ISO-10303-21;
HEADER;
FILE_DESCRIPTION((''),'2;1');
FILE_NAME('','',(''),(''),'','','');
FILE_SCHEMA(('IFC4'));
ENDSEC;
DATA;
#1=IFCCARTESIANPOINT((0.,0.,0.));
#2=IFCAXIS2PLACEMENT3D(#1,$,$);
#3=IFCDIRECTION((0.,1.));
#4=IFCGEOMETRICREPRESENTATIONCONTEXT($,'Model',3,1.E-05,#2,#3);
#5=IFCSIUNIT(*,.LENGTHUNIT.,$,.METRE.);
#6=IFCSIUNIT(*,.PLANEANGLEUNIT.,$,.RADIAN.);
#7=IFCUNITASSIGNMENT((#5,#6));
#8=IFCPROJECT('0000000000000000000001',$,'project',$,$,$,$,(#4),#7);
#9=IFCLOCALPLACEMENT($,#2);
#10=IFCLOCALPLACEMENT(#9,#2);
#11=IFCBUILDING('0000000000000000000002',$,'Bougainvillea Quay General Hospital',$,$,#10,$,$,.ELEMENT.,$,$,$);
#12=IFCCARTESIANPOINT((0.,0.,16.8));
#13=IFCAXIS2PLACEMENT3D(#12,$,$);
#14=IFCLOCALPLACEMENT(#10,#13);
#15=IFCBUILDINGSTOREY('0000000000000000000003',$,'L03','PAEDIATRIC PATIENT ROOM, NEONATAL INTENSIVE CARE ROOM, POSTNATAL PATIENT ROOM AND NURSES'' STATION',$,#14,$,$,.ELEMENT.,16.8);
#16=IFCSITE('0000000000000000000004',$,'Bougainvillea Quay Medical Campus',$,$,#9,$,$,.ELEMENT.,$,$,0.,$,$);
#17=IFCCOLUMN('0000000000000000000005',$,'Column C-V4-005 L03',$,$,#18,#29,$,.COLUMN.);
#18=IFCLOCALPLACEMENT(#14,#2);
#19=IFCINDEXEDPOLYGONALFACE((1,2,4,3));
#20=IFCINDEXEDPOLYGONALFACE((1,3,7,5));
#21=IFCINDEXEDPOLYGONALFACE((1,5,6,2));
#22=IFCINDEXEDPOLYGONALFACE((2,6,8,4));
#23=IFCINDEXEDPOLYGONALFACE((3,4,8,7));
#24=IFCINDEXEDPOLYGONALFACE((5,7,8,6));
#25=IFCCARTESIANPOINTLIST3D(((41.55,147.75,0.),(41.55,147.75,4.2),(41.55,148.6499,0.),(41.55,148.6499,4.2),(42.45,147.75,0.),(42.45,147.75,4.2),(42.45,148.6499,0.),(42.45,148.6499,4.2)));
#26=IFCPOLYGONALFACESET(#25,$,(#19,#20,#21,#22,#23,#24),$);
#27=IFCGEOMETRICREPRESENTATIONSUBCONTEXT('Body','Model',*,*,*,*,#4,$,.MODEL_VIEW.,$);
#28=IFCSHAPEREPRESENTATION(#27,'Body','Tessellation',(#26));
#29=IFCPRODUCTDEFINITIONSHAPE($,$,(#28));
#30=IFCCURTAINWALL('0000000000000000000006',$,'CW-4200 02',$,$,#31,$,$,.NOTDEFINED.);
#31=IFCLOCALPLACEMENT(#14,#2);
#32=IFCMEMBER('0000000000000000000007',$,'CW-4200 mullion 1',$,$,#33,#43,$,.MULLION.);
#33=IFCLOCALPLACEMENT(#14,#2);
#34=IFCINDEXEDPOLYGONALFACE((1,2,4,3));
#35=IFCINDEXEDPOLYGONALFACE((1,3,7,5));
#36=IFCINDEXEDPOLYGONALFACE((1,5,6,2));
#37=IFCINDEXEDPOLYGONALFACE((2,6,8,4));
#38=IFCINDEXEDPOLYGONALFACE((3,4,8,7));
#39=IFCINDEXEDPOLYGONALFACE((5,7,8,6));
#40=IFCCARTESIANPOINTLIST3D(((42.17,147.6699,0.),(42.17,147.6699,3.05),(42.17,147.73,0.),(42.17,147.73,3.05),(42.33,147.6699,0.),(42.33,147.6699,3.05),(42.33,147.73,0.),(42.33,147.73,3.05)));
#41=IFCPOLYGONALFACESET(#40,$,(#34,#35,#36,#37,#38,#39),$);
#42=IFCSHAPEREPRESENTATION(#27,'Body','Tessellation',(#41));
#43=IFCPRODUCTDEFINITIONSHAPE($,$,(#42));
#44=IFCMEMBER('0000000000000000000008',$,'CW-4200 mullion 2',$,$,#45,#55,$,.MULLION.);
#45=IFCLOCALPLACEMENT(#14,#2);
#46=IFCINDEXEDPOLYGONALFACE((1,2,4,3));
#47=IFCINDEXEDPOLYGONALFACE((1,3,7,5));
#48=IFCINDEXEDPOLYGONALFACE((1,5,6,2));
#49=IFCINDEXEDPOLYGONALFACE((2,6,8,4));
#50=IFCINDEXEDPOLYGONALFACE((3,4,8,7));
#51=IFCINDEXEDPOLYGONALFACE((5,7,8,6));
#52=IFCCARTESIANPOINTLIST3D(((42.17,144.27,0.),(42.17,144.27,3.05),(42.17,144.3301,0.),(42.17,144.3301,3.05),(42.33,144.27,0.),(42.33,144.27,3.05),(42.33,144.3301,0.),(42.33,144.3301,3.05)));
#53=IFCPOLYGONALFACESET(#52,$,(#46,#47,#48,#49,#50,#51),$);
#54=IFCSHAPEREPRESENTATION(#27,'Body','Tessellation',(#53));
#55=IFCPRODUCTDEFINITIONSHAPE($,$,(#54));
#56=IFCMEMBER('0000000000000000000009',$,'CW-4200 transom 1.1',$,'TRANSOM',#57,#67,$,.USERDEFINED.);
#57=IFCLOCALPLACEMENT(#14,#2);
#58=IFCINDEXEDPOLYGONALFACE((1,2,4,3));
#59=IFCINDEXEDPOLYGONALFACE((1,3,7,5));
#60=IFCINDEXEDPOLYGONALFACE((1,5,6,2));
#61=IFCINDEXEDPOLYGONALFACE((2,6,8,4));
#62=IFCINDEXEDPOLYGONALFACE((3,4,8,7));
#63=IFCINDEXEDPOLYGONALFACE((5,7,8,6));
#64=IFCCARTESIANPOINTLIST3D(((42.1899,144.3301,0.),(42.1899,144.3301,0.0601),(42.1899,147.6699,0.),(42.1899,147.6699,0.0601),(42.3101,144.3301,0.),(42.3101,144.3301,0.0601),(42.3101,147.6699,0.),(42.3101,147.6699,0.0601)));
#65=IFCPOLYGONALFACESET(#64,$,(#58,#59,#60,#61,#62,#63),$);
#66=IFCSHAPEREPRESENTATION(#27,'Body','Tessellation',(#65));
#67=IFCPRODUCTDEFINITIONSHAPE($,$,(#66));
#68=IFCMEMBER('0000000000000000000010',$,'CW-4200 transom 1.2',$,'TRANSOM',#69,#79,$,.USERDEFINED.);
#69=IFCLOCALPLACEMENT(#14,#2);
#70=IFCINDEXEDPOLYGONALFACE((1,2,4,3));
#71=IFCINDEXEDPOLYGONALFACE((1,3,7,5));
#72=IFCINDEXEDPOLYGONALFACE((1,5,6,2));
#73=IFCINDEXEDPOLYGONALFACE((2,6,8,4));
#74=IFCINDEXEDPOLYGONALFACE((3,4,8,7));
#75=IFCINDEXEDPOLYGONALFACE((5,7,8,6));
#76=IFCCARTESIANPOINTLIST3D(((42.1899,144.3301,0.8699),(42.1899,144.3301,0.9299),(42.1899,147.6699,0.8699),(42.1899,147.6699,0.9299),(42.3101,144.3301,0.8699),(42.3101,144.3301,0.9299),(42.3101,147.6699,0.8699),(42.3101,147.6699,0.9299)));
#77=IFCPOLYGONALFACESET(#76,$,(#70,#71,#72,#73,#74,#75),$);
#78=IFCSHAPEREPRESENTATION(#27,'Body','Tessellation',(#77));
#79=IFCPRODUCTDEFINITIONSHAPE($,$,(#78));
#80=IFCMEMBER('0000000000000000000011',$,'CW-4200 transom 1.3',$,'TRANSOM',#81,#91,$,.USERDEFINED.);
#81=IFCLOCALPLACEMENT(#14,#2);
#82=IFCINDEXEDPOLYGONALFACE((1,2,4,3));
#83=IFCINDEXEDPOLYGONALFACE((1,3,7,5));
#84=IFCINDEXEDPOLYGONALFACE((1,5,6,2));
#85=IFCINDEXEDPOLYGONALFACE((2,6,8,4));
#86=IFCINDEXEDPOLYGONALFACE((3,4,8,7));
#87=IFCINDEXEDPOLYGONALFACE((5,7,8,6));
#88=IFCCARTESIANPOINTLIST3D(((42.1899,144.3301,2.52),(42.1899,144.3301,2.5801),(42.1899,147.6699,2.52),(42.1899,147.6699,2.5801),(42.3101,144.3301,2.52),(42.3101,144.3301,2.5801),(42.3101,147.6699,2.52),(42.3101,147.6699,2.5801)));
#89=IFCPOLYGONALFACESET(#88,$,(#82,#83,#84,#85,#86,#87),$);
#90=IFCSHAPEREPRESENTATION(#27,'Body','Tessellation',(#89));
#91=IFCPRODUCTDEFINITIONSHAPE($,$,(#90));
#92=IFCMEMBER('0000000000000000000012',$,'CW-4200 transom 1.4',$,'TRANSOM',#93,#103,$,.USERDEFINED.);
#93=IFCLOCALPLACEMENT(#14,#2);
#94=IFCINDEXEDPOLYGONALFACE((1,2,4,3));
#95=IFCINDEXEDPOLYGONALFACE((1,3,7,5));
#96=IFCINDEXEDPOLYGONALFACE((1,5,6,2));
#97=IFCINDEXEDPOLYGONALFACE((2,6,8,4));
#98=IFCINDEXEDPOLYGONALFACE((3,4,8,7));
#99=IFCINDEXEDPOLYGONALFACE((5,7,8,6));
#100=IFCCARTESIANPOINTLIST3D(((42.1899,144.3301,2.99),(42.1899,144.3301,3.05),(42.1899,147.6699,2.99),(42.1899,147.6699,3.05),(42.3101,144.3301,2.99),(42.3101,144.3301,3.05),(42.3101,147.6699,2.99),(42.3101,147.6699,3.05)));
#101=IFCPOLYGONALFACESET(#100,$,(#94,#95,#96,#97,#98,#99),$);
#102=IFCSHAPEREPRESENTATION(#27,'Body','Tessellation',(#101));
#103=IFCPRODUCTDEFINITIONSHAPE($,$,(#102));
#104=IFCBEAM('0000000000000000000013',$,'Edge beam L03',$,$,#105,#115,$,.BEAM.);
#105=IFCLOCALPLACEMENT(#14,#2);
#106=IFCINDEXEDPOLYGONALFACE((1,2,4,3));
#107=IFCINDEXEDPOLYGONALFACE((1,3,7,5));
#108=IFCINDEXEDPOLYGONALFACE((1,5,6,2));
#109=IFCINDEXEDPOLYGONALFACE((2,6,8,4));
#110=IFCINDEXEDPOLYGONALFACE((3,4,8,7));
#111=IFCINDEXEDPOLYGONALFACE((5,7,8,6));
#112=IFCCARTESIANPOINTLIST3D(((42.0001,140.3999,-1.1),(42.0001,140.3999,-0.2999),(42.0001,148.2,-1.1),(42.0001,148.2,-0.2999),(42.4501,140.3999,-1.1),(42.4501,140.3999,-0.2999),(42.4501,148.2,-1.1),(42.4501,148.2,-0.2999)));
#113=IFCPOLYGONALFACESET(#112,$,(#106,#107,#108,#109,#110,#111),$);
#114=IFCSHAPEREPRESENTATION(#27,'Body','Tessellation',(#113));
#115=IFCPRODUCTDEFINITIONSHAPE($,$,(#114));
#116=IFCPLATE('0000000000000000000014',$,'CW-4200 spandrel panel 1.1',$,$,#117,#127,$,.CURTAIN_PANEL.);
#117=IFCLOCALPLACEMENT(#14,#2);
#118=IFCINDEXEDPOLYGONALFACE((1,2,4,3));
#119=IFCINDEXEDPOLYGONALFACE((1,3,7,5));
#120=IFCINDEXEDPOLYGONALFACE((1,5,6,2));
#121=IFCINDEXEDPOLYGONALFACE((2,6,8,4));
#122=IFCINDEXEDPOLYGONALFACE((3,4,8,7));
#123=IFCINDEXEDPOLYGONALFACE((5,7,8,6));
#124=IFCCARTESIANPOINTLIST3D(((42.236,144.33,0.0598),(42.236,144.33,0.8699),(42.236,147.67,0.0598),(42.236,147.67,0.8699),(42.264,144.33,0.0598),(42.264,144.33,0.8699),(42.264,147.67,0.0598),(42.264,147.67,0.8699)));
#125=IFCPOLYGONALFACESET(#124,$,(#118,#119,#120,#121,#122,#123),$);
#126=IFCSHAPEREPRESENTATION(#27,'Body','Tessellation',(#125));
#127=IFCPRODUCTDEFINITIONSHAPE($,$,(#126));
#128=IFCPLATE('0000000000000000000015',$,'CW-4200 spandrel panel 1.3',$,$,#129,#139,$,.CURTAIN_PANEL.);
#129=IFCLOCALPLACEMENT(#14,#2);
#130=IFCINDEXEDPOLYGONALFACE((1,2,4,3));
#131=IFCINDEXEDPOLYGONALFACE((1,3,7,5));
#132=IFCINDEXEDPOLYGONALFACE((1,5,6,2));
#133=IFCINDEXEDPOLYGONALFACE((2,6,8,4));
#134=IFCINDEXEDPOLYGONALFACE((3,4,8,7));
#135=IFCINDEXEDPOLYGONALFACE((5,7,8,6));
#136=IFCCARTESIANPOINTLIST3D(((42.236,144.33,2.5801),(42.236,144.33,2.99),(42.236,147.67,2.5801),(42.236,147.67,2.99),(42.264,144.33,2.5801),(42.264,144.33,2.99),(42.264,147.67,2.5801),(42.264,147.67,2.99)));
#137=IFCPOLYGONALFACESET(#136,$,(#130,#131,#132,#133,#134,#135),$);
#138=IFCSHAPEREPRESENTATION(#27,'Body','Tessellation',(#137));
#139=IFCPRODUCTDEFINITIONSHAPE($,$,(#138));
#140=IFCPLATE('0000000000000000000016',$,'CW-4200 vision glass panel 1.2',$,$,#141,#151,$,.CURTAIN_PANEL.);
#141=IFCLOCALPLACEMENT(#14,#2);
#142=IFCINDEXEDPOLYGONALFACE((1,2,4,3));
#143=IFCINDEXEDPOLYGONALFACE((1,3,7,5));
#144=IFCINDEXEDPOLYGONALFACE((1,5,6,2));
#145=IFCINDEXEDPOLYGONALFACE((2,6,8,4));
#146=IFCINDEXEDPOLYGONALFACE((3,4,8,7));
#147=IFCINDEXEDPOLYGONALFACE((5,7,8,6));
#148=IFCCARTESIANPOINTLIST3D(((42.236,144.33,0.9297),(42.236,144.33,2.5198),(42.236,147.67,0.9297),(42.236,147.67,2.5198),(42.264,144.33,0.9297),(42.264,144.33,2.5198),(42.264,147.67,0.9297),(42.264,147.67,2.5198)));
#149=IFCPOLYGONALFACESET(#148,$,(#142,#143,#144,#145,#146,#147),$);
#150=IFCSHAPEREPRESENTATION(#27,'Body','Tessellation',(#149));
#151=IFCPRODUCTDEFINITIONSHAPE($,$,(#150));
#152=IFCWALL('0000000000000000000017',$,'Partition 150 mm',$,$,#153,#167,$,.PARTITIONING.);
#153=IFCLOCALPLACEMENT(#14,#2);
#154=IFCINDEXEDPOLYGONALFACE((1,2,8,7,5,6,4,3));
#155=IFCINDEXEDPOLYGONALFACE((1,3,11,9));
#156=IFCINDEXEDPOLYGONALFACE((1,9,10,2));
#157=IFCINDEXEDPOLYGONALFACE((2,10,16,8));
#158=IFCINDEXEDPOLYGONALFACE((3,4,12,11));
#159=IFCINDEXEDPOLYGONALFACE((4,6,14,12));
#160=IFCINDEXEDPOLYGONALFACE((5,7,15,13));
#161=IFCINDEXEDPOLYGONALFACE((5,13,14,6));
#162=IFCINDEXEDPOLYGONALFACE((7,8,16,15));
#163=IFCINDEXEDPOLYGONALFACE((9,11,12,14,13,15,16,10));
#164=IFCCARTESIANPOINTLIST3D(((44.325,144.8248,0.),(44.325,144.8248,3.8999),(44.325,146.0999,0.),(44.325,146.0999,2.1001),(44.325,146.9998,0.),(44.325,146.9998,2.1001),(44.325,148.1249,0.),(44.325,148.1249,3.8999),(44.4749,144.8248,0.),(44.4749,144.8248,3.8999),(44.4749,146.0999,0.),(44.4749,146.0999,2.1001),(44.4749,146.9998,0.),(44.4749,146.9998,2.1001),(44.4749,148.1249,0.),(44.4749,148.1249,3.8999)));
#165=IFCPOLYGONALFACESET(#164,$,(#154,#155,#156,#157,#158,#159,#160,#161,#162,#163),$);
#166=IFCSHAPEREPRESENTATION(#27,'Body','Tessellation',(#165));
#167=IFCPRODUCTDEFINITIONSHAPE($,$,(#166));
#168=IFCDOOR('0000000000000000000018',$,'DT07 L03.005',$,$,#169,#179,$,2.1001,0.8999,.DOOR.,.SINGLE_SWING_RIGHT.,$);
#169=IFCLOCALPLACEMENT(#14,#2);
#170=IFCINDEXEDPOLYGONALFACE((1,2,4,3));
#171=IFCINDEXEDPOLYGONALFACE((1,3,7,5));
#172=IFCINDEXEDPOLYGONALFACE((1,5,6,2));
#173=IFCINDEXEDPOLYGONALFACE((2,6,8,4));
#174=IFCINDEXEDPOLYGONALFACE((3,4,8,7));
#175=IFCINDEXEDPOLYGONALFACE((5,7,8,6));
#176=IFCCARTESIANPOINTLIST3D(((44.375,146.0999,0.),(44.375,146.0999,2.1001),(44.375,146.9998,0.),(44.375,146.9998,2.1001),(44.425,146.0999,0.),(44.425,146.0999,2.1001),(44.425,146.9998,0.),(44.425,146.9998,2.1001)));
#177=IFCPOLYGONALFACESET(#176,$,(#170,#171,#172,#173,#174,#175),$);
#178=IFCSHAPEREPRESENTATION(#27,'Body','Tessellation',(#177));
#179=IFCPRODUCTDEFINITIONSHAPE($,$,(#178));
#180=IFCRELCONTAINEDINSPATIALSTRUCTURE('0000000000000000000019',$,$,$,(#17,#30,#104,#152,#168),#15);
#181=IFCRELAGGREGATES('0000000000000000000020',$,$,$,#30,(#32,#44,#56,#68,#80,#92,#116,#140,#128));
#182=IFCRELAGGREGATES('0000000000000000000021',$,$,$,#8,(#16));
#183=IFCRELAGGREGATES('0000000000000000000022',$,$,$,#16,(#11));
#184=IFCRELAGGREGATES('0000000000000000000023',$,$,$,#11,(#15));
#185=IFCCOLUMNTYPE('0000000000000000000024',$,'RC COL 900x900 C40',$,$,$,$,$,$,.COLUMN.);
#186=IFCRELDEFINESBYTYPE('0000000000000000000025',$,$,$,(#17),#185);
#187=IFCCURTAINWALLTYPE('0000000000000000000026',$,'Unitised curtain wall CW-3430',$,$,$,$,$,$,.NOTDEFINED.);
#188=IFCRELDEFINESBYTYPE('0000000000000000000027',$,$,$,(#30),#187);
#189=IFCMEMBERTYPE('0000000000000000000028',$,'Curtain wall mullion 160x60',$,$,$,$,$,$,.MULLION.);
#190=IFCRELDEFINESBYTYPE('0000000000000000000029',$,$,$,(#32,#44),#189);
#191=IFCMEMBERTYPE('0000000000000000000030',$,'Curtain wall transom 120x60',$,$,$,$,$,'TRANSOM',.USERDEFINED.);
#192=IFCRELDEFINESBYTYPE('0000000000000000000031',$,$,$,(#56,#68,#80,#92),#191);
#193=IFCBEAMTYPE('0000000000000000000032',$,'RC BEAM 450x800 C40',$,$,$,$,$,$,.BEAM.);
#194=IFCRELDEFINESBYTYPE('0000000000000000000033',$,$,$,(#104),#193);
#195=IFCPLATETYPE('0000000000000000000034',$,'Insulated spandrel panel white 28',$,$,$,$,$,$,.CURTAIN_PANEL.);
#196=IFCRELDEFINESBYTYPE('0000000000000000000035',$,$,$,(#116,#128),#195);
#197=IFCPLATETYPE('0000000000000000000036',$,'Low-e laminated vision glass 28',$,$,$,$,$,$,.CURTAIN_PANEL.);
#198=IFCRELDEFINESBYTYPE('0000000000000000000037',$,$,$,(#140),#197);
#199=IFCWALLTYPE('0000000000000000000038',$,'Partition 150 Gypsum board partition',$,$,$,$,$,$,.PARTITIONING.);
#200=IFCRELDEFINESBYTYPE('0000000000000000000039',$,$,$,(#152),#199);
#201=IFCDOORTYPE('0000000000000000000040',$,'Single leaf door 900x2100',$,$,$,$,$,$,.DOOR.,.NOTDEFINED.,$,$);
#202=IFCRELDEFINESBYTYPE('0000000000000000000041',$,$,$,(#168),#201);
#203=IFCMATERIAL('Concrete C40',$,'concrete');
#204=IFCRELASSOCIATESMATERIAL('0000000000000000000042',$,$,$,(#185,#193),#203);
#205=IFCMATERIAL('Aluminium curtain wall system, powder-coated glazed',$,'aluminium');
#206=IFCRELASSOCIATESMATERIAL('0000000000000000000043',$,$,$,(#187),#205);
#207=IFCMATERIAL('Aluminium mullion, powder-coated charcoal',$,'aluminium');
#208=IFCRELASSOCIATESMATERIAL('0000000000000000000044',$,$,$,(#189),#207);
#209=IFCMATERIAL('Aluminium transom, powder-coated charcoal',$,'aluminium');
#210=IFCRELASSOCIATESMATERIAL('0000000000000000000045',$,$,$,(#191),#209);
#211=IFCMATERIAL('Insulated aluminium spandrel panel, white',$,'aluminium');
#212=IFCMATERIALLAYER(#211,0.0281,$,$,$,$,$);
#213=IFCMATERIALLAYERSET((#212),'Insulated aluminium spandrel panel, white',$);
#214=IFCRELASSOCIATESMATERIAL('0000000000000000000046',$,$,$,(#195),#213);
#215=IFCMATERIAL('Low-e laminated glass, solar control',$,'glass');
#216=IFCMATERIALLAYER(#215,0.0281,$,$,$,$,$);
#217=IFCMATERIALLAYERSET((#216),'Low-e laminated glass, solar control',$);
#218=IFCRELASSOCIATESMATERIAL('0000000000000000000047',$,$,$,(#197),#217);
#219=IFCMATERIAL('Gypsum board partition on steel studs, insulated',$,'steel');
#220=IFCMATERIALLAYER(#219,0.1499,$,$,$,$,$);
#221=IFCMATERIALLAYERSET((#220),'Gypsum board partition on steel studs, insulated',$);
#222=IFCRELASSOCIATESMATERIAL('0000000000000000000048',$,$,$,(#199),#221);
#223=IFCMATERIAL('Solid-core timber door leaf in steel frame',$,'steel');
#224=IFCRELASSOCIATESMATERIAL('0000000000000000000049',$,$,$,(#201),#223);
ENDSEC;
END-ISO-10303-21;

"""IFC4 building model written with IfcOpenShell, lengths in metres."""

from ifc_helpers import new_model, si_unit, direction, frame, frame_2d, origin, origin_2d, place, context, subcontext, project, spatial, rectangle, extrude, material, layer, layer_set, material_profile, profile_set, type_object, element, fill, aggregate, save


model = new_model("IFC4")

# Units and contexts
model_context = context("Model", 3, precision=1e-05, world=origin(), true_north=direction((0.0, 1.0)))
body_context = subcontext(model_context, "Body", "Model", "MODEL_VIEW")
ifc_project = project(units=[si_unit("LENGTHUNIT", "METRE"), si_unit("PLANEANGLEUNIT", "RADIAN")], contexts=[model_context])

# Site, building, storey
site_placement = place(None, origin())
site = spatial("IfcSite", under=ifc_project, at=site_placement, Name="Bougainvillea Quay Medical Campus", CompositionType="ELEMENT", RefElevation=0.0)
building_placement = place(site_placement, origin())
building = spatial("IfcBuilding", under=site, at=building_placement, Name="Bougainvillea Quay General Hospital", CompositionType="ELEMENT")
storey_placement = place(building_placement, frame((0.0, 0.0, 16.8)))
storey = spatial("IfcBuildingStorey", under=building, at=storey_placement, Name="L03", Description="PAEDIATRIC PATIENT ROOM, NEONATAL INTENSIVE CARE ROOM, POSTNATAL PATIENT ROOM AND NURSES' STATION", CompositionType="ELEMENT", Elevation=16.8)

# Column
ifc_material_1 = material(Name="Concrete C40", Category="concrete")
ifc_material_profile_1 = material_profile(ifc_material_1, rectangle(XDim=0.8999, YDim=0.8999, at=origin_2d()))
ifc_profile_set_1 = profile_set([ifc_material_profile_1], Name="Concrete C40")
column_type = type_object("IfcColumnType", Name="RC COL 900x900 C40", PredefinedType="COLUMN", material=ifc_profile_set_1)
column_placement = place(storey_placement, frame((42.0, 148.2, 0.0), z_axis=(0.0, 0.0, 1.0), x_axis=(1.0, 0.0, 0.0)))
element("IfcColumn", 1, at=column_placement, inside=storey, type_object=column_type, Name="Column C-V4-005 L03", PredefinedType="COLUMN", context=body_context, shape_type="SweptSolid", body=[
    extrude(rectangle(XDim=0.8999, YDim=0.8999, at=origin_2d()), origin(), (0.0, 0.0, 1.0), 4.2),
])

# Curtain wall, members
ifc_material_2 = material(Name="Aluminium curtain wall system, powder-coated glazed", Category="aluminium")
curtain_wall_type = type_object("IfcCurtainWallType", Name="Unitised curtain wall CW-3430", PredefinedType="NOTDEFINED", material=ifc_material_2)
curtain_wall_placement = place(storey_placement, origin())
curtain_wall = element("IfcCurtainWall", 2, at=curtain_wall_placement, inside=storey, type_object=curtain_wall_type, Name="CW-4200 02", PredefinedType="NOTDEFINED")
ifc_material_3 = material(Name="Aluminium mullion, powder-coated charcoal", Category="aluminium")
ifc_material_profile_2 = material_profile(ifc_material_3, rectangle(XDim=0.1599, YDim=0.0601, at=origin_2d()))
ifc_profile_set_2 = profile_set([ifc_material_profile_2], Name="Aluminium mullion, powder-coated charcoal")
member_type_1 = type_object("IfcMemberType", Name="Curtain wall mullion 160x60", PredefinedType="MULLION", material=ifc_profile_set_2)
member_1_placement = place(storey_placement, frame((42.25, 147.7, 0.0), z_axis=(0.0, 0.0, 1.0), x_axis=(1.0, 0.0, 0.0)))
member_1 = element("IfcMember", 3, at=member_1_placement, type_object=member_type_1, Name="CW-4200 mullion 1", PredefinedType="MULLION", context=body_context, shape_type="SweptSolid", body=[
    extrude(rectangle(XDim=0.1599, YDim=0.0601, at=origin_2d()), origin(), (0.0, 0.0, 1.0), 3.05),
])
member_2_placement = place(storey_placement, frame((42.25, 144.3, 0.0), z_axis=(0.0, 0.0, 1.0), x_axis=(1.0, 0.0, 0.0)))
member_2 = element("IfcMember", 4, at=member_2_placement, type_object=member_type_1, Name="CW-4200 mullion 2", PredefinedType="MULLION", context=body_context, shape_type="SweptSolid", body=[
    extrude(rectangle(XDim=0.1599, YDim=0.0601, at=origin_2d()), origin(), (0.0, 0.0, 1.0), 3.05),
])
ifc_material_4 = material(Name="Aluminium transom, powder-coated charcoal", Category="aluminium")
ifc_material_profile_3 = material_profile(ifc_material_4, rectangle(XDim=0.1201, YDim=0.0601, at=origin_2d()))
ifc_profile_set_3 = profile_set([ifc_material_profile_3], Name="Aluminium transom, powder-coated charcoal")
member_type_2 = type_object("IfcMemberType", Name="Curtain wall transom 120x60", ElementType="TRANSOM", PredefinedType="USERDEFINED", material=ifc_profile_set_3)
member_3_placement = place(storey_placement, frame((42.25, 147.6699, 0.03), z_axis=(0.0, -1.0, 0.0), x_axis=(1.0, 0.0, 0.0)))
member_3 = element("IfcMember", 5, at=member_3_placement, type_object=member_type_2, Name="CW-4200 transom 1.1", ObjectType="TRANSOM", PredefinedType="USERDEFINED", context=body_context, shape_type="SweptSolid", body=[
    extrude(rectangle(XDim=0.1201, YDim=0.0601, at=origin_2d()), origin(), (0.0, 0.0, 1.0), 3.3398),
])
member_4_placement = place(storey_placement, frame((42.25, 147.6699, 0.8999), z_axis=(0.0, -1.0, 0.0), x_axis=(1.0, 0.0, 0.0)))
member_4 = element("IfcMember", 6, at=member_4_placement, type_object=member_type_2, Name="CW-4200 transom 1.2", ObjectType="TRANSOM", PredefinedType="USERDEFINED", context=body_context, shape_type="SweptSolid", body=[
    extrude(rectangle(XDim=0.1201, YDim=0.0601, at=origin_2d()), origin(), (0.0, 0.0, 1.0), 3.3398),
])
member_5_placement = place(storey_placement, frame((42.25, 147.6699, 2.55), z_axis=(0.0, -1.0, 0.0), x_axis=(1.0, 0.0, 0.0)))
member_5 = element("IfcMember", 7, at=member_5_placement, type_object=member_type_2, Name="CW-4200 transom 1.3", ObjectType="TRANSOM", PredefinedType="USERDEFINED", context=body_context, shape_type="SweptSolid", body=[
    extrude(rectangle(XDim=0.1201, YDim=0.0601, at=origin_2d()), origin(), (0.0, 0.0, 1.0), 3.3398),
])
member_6_placement = place(storey_placement, frame((42.25, 147.6699, 3.02), z_axis=(0.0, -1.0, 0.0), x_axis=(1.0, 0.0, 0.0)))
member_6 = element("IfcMember", 8, at=member_6_placement, type_object=member_type_2, Name="CW-4200 transom 1.4", ObjectType="TRANSOM", PredefinedType="USERDEFINED", context=body_context, shape_type="SweptSolid", body=[
    extrude(rectangle(XDim=0.1201, YDim=0.0601, at=origin_2d()), origin(), (0.0, 0.0, 1.0), 3.3398),
])

# Beam
ifc_material_profile_4 = material_profile(ifc_material_1, rectangle(XDim=0.45, YDim=0.8, at=origin_2d()))
ifc_profile_set_4 = profile_set([ifc_material_profile_4], Name="Concrete C40")
beam_type = type_object("IfcBeamType", Name="RC BEAM 450x800 C40", PredefinedType="BEAM", material=ifc_profile_set_4)
beam_placement = place(storey_placement, frame((42.2251, 148.2, -0.7), z_axis=(0.0, -1.0, 0.0), x_axis=(1.0, 0.0, 0.0)))
element("IfcBeam", 9, at=beam_placement, inside=storey, type_object=beam_type, Name="Edge beam L03", PredefinedType="BEAM", context=body_context, shape_type="SweptSolid", body=[
    extrude(rectangle(XDim=0.45, YDim=0.8, at=origin_2d()), origin(), (0.0, 0.0, 1.0), 7.8),
])

# Plates
ifc_material_5 = material(Name="Insulated aluminium spandrel panel, white", Category="aluminium")
ifc_layer_1 = layer(ifc_material_5, 0.0281)
ifc_layer_set_1 = layer_set([ifc_layer_1], Name="Insulated aluminium spandrel panel, white")
plate_type_1 = type_object("IfcPlateType", Name="Insulated spandrel panel white 28", PredefinedType="CURTAIN_PANEL", material=ifc_layer_set_1)
plate_1_placement = place(storey_placement, frame((42.25, 146.0, 0.0598), z_axis=(0.0, 0.0, 1.0), x_axis=(0.0, -1.0, 0.0)))
plate_1 = element("IfcPlate", 10, at=plate_1_placement, type_object=plate_type_1, Name="CW-4200 spandrel panel 1.1", PredefinedType="CURTAIN_PANEL", context=body_context, shape_type="SweptSolid", body=[
    extrude(rectangle(XDim=3.3401, YDim=0.0281, at=origin_2d()), origin(), (0.0, 0.0, 1.0), 0.8101),
])
plate_2_placement = place(storey_placement, frame((42.25, 146.0, 2.5801), z_axis=(0.0, 0.0, 1.0), x_axis=(0.0, -1.0, 0.0)))
plate_2 = element("IfcPlate", 11, at=plate_2_placement, type_object=plate_type_1, Name="CW-4200 spandrel panel 1.3", PredefinedType="CURTAIN_PANEL", context=body_context, shape_type="SweptSolid", body=[
    extrude(rectangle(XDim=3.3401, YDim=0.0281, at=origin_2d()), origin(), (0.0, 0.0, 1.0), 0.4099),
])
ifc_material_6 = material(Name="Low-e laminated glass, solar control", Category="glass")
ifc_layer_2 = layer(ifc_material_6, 0.0281)
ifc_layer_set_2 = layer_set([ifc_layer_2], Name="Low-e laminated glass, solar control")
plate_type_2 = type_object("IfcPlateType", Name="Low-e laminated vision glass 28", PredefinedType="CURTAIN_PANEL", material=ifc_layer_set_2)
plate_3_placement = place(storey_placement, frame((42.25, 146.0, 0.9297), z_axis=(0.0, 0.0, 1.0), x_axis=(0.0, -1.0, 0.0)))
plate_3 = element("IfcPlate", 12, at=plate_3_placement, type_object=plate_type_2, Name="CW-4200 vision glass panel 1.2", PredefinedType="CURTAIN_PANEL", context=body_context, shape_type="SweptSolid", body=[
    extrude(rectangle(XDim=3.3401, YDim=0.0281, at=origin_2d()), origin(), (0.0, 0.0, 1.0), 1.5901),
])
aggregate(curtain_wall, [member_1, member_2, member_3, member_4, member_5, member_6, plate_1, plate_3, plate_2])

# Wall, opening, door
ifc_material_7 = material(Name="Gypsum board partition on steel studs, insulated", Category="steel")
ifc_layer_3 = layer(ifc_material_7, 0.1499)
ifc_layer_set_3 = layer_set([ifc_layer_3], Name="Gypsum board partition on steel studs, insulated")
wall_type = type_object("IfcWallType", Name="Partition 150 Gypsum board partition", PredefinedType="PARTITIONING", material=ifc_layer_set_3)
wall_1_placement = place(storey_placement, frame((44.3999, 144.825, 0.0), z_axis=(0.0, 0.0, 1.0), x_axis=(0.0, 1.0, 0.0)))
wall_1 = element("IfcWall", 13, at=wall_1_placement, inside=storey, type_object=wall_type, Name="Partition 150 mm", PredefinedType="PARTITIONING", context=body_context, shape_type="SweptSolid", body=[
    extrude(rectangle(XDim=3.3, YDim=0.1499, at=frame_2d((1.6499, 0.0))), origin(), (0.0, 0.0, 1.0), 3.8999),
])
opening_placement = place(wall_1_placement, frame((1.2749, 0.0, 0.0)))
opening = element("IfcOpeningElement", 14, at=opening_placement, cuts=wall_1, PredefinedType="OPENING", context=body_context, shape_type="SweptSolid", body=[
    extrude(rectangle(XDim=0.8999, YDim=2.1001, at=frame_2d((0.45, 1.05))), frame((0.0, 0.085, 0.0), z_axis=(0.0, -1.0, 0.0), x_axis=(1.0, 0.0, 0.0)), (0.0, 0.0, 1.0), 0.1699),
])
ifc_material_8 = material(Name="Solid-core timber door leaf in steel frame", Category="steel")
door_type = type_object("IfcDoorType", Name="Single leaf door 900x2100", OperationType="NOTDEFINED", PredefinedType="DOOR", material=ifc_material_8)
door_placement = place(opening_placement, origin())
door = element("IfcDoor", 15, at=door_placement, inside=storey, type_object=door_type, Name="DT07 L03.005", OperationType="SINGLE_SWING_RIGHT", OverallHeight=2.1001, OverallWidth=0.8999, PredefinedType="DOOR", context=body_context, shape_type="SweptSolid", body=[
    extrude(rectangle(XDim=0.8999, YDim=2.1001, at=frame_2d((0.45, 1.05))), frame((0.0, 0.0249, 0.0), z_axis=(0.0, -1.0, 0.0), x_axis=(1.0, 0.0, 0.0)), (0.0, 0.0, 1.0), 0.05),
])
fill(opening, door)

save(model, "model.ifc")
